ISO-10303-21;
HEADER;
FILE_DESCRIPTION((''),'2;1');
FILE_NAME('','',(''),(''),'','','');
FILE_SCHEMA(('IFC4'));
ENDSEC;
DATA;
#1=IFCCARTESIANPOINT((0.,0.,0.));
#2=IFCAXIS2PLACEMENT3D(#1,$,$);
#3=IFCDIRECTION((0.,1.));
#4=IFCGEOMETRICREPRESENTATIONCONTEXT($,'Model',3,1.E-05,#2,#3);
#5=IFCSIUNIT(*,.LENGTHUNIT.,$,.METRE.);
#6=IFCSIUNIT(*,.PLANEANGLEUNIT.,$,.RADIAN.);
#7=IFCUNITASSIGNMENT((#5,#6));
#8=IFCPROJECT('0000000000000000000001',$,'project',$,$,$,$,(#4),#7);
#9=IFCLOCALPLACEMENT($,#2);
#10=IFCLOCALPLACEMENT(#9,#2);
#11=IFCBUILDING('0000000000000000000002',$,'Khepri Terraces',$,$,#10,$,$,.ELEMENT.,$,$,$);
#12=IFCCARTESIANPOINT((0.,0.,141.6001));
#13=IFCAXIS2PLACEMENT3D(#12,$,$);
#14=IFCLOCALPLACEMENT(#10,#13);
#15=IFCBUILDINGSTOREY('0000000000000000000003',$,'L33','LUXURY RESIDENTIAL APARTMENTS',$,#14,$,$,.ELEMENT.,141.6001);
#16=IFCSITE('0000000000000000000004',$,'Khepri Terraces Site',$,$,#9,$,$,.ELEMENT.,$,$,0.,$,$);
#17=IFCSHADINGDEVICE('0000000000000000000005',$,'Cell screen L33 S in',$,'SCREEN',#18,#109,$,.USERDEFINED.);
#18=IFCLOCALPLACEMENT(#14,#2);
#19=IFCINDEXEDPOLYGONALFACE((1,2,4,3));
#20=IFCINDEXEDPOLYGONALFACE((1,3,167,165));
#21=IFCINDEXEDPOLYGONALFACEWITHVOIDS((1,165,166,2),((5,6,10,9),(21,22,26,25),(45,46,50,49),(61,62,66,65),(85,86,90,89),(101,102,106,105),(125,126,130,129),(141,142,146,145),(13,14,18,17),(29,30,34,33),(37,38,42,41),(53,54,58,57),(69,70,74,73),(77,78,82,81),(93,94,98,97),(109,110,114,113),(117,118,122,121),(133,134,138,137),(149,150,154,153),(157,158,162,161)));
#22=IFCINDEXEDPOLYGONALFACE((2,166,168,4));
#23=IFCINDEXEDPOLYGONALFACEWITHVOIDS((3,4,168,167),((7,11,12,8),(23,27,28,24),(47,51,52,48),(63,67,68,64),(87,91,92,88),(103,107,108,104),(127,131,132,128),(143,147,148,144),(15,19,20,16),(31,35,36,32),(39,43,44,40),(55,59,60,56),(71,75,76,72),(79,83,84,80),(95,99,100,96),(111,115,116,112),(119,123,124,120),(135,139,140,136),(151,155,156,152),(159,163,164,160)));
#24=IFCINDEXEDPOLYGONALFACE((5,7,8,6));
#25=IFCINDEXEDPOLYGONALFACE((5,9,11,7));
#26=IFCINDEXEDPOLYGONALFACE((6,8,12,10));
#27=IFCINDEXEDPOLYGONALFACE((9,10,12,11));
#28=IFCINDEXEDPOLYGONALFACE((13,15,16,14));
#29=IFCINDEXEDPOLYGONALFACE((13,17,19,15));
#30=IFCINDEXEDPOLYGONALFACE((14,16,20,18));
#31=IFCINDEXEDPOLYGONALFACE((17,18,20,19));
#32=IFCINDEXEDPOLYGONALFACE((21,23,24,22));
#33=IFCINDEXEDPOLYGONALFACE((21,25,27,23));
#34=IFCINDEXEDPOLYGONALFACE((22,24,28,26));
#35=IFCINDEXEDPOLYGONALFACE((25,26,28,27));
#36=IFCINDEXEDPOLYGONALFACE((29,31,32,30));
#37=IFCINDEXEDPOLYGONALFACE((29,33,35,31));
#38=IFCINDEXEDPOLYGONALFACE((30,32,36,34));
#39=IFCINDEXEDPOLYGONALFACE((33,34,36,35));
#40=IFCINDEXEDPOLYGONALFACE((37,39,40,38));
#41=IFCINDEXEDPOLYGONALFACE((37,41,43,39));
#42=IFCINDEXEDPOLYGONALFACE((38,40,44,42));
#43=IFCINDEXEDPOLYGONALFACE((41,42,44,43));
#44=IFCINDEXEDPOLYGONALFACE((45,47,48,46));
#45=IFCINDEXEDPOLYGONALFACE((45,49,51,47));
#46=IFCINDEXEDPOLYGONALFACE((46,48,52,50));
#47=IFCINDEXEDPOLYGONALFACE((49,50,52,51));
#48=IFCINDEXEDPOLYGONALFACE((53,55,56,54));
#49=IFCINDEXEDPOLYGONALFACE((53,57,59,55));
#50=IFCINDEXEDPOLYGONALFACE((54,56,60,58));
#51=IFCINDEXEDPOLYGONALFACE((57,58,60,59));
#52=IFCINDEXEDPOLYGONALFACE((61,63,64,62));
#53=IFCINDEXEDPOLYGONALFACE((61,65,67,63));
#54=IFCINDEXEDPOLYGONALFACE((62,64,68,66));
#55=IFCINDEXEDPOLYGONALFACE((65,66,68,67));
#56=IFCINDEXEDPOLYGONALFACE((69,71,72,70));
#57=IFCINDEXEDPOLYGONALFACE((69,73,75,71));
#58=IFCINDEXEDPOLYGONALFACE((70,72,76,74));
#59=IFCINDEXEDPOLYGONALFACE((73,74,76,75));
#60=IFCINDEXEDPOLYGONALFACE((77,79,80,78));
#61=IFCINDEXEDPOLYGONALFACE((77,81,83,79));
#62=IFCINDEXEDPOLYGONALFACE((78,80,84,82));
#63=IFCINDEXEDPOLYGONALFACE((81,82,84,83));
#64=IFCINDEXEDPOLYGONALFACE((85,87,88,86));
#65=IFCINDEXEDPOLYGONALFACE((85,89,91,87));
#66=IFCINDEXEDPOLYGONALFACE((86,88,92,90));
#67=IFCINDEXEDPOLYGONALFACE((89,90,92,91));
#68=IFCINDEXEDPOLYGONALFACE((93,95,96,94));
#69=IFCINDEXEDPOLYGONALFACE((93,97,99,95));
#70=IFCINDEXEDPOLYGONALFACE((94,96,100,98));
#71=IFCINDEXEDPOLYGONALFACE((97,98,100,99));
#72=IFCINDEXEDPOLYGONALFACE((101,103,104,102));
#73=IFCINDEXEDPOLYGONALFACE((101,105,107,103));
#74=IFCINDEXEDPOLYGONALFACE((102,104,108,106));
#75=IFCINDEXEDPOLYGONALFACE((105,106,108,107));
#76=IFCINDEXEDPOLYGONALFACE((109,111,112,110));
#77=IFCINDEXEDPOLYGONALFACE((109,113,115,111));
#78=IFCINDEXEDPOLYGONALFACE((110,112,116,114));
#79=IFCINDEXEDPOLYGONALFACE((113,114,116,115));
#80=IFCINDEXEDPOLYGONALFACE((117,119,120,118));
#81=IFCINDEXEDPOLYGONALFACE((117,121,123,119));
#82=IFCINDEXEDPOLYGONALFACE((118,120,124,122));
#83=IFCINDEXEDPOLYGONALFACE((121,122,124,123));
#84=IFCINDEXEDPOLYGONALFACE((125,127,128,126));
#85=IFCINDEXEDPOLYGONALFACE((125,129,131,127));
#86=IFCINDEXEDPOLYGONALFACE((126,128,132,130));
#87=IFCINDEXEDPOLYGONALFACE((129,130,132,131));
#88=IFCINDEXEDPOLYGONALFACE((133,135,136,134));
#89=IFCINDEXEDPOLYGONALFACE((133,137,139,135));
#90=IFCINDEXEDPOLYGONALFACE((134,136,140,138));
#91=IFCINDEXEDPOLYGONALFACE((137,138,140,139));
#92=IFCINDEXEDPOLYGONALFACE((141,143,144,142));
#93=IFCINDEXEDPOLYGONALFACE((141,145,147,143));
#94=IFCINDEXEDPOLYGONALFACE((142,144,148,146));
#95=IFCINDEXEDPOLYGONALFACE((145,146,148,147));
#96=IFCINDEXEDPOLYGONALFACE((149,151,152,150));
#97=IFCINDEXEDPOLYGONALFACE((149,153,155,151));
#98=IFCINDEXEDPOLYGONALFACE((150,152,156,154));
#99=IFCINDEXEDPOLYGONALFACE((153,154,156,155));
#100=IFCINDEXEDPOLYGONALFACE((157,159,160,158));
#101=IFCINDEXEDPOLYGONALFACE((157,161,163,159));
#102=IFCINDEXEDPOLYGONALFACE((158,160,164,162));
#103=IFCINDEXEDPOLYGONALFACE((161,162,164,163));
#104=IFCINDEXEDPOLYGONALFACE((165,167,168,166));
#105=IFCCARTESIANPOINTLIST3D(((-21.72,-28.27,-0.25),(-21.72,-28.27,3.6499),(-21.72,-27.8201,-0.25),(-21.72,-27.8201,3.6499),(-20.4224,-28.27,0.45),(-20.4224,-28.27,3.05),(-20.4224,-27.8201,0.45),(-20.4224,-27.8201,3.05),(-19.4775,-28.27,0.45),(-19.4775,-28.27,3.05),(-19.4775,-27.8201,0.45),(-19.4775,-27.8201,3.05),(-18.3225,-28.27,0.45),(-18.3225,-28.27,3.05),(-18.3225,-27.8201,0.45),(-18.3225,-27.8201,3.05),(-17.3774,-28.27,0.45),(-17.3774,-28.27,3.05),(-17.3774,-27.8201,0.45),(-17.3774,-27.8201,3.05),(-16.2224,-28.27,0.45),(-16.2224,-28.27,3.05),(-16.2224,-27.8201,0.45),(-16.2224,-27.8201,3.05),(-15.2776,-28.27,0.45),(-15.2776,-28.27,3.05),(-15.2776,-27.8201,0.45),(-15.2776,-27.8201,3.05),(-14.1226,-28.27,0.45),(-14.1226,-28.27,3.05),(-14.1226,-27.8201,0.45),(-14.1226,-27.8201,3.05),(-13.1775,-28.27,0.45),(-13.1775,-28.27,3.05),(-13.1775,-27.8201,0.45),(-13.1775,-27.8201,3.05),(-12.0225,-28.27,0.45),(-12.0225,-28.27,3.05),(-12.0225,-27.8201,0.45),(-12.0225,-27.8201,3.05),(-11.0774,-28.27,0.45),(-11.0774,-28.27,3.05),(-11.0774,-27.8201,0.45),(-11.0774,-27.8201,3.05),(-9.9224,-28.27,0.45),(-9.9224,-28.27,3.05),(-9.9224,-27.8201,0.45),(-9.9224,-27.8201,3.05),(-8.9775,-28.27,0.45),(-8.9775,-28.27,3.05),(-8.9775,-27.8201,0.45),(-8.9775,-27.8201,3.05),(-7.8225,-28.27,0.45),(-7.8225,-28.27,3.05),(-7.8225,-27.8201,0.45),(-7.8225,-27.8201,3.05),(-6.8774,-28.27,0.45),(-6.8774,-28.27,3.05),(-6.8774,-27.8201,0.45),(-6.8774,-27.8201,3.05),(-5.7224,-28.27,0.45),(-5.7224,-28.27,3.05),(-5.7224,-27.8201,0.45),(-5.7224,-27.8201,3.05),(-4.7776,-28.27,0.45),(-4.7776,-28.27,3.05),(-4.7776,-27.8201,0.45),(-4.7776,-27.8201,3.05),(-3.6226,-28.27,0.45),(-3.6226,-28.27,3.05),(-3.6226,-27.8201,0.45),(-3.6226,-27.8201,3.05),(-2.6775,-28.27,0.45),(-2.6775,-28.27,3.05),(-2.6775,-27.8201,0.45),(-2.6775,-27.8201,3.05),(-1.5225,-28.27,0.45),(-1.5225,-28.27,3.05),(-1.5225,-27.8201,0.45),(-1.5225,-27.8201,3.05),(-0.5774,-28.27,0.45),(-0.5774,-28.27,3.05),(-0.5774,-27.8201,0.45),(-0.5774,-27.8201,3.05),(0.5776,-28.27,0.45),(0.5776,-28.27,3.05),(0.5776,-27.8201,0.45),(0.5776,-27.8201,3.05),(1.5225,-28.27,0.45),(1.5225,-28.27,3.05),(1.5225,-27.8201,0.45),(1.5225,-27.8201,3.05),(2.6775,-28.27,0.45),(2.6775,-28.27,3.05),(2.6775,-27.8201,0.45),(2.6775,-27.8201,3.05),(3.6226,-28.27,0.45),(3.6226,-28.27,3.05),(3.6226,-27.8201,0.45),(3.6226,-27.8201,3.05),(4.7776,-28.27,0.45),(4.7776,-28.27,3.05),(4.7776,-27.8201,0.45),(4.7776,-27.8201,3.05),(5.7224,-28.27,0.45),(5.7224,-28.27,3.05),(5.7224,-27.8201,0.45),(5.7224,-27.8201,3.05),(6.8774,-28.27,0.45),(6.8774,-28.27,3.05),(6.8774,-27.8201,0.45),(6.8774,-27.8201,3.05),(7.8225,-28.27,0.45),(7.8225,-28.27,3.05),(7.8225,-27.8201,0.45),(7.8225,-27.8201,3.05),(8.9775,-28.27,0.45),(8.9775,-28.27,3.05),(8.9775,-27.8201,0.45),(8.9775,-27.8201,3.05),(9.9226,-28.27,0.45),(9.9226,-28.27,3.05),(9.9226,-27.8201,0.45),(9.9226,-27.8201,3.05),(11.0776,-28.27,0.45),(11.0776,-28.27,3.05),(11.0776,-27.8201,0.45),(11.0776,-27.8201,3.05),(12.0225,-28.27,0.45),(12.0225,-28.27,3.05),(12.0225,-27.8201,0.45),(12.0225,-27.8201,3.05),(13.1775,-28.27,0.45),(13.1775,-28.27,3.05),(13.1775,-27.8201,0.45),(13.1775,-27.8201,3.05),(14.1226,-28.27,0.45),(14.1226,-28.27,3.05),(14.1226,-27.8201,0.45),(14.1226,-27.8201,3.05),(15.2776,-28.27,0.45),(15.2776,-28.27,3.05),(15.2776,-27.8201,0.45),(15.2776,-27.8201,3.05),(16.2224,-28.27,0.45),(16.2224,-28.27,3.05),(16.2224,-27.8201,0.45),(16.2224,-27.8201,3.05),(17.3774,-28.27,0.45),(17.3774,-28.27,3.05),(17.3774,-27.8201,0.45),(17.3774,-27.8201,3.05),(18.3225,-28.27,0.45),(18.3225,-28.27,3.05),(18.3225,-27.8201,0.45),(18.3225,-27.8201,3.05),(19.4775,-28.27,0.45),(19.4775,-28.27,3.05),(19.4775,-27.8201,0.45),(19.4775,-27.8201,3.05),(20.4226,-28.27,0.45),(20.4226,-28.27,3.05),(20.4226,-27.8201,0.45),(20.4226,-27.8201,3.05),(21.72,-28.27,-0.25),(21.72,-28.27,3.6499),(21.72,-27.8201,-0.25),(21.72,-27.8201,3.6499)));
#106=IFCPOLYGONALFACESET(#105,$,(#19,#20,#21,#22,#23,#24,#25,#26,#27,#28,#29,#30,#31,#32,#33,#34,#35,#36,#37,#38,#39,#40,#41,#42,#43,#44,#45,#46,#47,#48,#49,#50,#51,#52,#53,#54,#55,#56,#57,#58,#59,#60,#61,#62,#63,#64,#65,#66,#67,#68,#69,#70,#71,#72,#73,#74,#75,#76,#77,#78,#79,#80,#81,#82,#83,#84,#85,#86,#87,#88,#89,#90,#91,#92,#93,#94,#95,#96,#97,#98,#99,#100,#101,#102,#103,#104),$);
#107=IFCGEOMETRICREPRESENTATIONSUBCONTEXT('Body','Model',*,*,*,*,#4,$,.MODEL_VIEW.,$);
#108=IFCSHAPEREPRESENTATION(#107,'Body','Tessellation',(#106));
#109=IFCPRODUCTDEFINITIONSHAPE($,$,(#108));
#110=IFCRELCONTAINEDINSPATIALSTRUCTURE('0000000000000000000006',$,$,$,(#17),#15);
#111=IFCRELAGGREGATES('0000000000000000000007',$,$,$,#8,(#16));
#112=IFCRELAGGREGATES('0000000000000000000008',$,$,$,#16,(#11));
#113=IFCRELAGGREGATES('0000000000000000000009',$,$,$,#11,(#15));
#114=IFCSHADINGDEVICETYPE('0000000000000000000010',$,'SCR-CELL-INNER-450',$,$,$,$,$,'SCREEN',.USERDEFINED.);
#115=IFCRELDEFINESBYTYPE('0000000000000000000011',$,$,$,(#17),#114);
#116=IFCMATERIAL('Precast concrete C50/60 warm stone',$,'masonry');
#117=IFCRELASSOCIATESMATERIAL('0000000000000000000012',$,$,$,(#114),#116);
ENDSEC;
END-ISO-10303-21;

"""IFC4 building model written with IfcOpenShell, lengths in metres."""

from ifc_helpers import new_model, si_unit, direction, frame, origin, place, context, subcontext, project, spatial, polyline, outline, extrude, material, type_object, element, save


model = new_model("IFC4")

# Units and contexts
model_context = context("Model", 3, precision=1e-05, world=origin(), true_north=direction((0.0, 1.0)))
body_context = subcontext(model_context, "Body", "Model", "MODEL_VIEW")
ifc_project = project(units=[si_unit("LENGTHUNIT", "METRE"), si_unit("PLANEANGLEUNIT", "RADIAN")], contexts=[model_context])

# Site, building, storey
site_placement = place(None, origin())
site = spatial("IfcSite", under=ifc_project, at=site_placement, Name="Khepri Terraces Site", CompositionType="ELEMENT", RefElevation=0.0)
building_placement = place(site_placement, origin())
building = spatial("IfcBuilding", under=site, at=building_placement, Name="Khepri Terraces", CompositionType="ELEMENT")
storey_placement = place(building_placement, frame((0.0, 0.0, 141.6001)))
storey = spatial("IfcBuildingStorey", under=building, at=storey_placement, Name="L33", Description="LUXURY RESIDENTIAL APARTMENTS", CompositionType="ELEMENT", Elevation=141.6001)

# Shared definitions
ifc_material_1 = material(Name="Precast concrete C50/60 warm stone", Category="masonry")

# Shading device
shading_device_type_1 = type_object("IfcShadingDeviceType", Name="SCR-CELL-INNER-450", ElementType="SCREEN", PredefinedType="USERDEFINED", material=ifc_material_1)
shading_device_1_placement = place(storey_placement, frame((-21.72, -27.8201, -0.25), z_axis=(0.0, -1.0, 0.0), x_axis=(1.0, 0.0, 0.0)))
element("IfcShadingDevice", 1, at=shading_device_1_placement, inside=storey, type_object=shading_device_type_1, Name="Cell screen L33 S in", ObjectType="SCREEN", PredefinedType="USERDEFINED", context=body_context, shape_type="SweptSolid", body=[
    extrude(outline(polyline([(0.0, 0.0), (43.4399, 0.0), (43.4399, 3.8999), (0.0, 3.8999), (0.0, 0.0)]), holes=[polyline([(1.2976, 0.7), (2.2424, 0.7), (2.2424, 3.3), (1.2976, 3.3), (1.2976, 0.7)]), polyline([(3.3975, 0.7), (4.3425, 0.7), (4.3425, 3.3), (3.3975, 3.3), (3.3975, 0.7)]), polyline([(5.4976, 0.7), (6.4424, 0.7), (6.4424, 3.3), (5.4976, 3.3), (5.4976, 0.7)]), polyline([(7.5974, 0.7), (8.5425, 0.7), (8.5425, 3.3), (7.5974, 3.3), (7.5974, 0.7)]), polyline([(9.6975, 0.7), (10.6426, 0.7), (10.6426, 3.3), (9.6975, 3.3), (9.6975, 0.7)]), polyline([(11.7976, 0.7), (12.7424, 0.7), (12.7424, 3.3), (11.7976, 3.3), (11.7976, 0.7)]), polyline([(13.8975, 0.7), (14.8425, 0.7), (14.8425, 3.3), (13.8975, 3.3), (13.8975, 0.7)]), polyline([(15.9976, 0.7), (16.9424, 0.7), (16.9424, 3.3), (15.9976, 3.3), (15.9976, 0.7)]), polyline([(18.0974, 0.7), (19.0425, 0.7), (19.0425, 3.3), (18.0974, 3.3), (18.0974, 0.7)]), polyline([(20.1975, 0.7), (21.1426, 0.7), (21.1426, 3.3), (20.1975, 3.3), (20.1975, 0.7)]), polyline([(22.2976, 0.7), (23.2424, 0.7), (23.2424, 3.3), (22.2976, 3.3), (22.2976, 0.7)]), polyline([(24.3975, 0.7), (25.3425, 0.7), (25.3425, 3.3), (24.3975, 3.3), (24.3975, 0.7)]), polyline([(26.4976, 0.7), (27.4424, 0.7), (27.4424, 3.3), (26.4976, 3.3), (26.4976, 0.7)]), polyline([(28.5974, 0.7), (29.5425, 0.7), (29.5425, 3.3), (28.5974, 3.3), (28.5974, 0.7)]), polyline([(30.6975, 0.7), (31.6426, 0.7), (31.6426, 3.3), (30.6975, 3.3), (30.6975, 0.7)]), polyline([(32.7976, 0.7), (33.7424, 0.7), (33.7424, 3.3), (32.7976, 3.3), (32.7976, 0.7)]), polyline([(34.8975, 0.7), (35.8425, 0.7), (35.8425, 3.3), (34.8975, 3.3), (34.8975, 0.7)]), polyline([(36.9976, 0.7), (37.9424, 0.7), (37.9424, 3.3), (36.9976, 3.3), (36.9976, 0.7)]), polyline([(39.0974, 0.7), (40.0425, 0.7), (40.0425, 3.3), (39.0974, 3.3), (39.0974, 0.7)]), polyline([(41.1975, 0.7), (42.1426, 0.7), (42.1426, 3.3), (41.1975, 3.3), (41.1975, 0.7)])]), origin(), (0.0, 0.0, 1.0), 0.45),
])

save(model, "model.ifc")
